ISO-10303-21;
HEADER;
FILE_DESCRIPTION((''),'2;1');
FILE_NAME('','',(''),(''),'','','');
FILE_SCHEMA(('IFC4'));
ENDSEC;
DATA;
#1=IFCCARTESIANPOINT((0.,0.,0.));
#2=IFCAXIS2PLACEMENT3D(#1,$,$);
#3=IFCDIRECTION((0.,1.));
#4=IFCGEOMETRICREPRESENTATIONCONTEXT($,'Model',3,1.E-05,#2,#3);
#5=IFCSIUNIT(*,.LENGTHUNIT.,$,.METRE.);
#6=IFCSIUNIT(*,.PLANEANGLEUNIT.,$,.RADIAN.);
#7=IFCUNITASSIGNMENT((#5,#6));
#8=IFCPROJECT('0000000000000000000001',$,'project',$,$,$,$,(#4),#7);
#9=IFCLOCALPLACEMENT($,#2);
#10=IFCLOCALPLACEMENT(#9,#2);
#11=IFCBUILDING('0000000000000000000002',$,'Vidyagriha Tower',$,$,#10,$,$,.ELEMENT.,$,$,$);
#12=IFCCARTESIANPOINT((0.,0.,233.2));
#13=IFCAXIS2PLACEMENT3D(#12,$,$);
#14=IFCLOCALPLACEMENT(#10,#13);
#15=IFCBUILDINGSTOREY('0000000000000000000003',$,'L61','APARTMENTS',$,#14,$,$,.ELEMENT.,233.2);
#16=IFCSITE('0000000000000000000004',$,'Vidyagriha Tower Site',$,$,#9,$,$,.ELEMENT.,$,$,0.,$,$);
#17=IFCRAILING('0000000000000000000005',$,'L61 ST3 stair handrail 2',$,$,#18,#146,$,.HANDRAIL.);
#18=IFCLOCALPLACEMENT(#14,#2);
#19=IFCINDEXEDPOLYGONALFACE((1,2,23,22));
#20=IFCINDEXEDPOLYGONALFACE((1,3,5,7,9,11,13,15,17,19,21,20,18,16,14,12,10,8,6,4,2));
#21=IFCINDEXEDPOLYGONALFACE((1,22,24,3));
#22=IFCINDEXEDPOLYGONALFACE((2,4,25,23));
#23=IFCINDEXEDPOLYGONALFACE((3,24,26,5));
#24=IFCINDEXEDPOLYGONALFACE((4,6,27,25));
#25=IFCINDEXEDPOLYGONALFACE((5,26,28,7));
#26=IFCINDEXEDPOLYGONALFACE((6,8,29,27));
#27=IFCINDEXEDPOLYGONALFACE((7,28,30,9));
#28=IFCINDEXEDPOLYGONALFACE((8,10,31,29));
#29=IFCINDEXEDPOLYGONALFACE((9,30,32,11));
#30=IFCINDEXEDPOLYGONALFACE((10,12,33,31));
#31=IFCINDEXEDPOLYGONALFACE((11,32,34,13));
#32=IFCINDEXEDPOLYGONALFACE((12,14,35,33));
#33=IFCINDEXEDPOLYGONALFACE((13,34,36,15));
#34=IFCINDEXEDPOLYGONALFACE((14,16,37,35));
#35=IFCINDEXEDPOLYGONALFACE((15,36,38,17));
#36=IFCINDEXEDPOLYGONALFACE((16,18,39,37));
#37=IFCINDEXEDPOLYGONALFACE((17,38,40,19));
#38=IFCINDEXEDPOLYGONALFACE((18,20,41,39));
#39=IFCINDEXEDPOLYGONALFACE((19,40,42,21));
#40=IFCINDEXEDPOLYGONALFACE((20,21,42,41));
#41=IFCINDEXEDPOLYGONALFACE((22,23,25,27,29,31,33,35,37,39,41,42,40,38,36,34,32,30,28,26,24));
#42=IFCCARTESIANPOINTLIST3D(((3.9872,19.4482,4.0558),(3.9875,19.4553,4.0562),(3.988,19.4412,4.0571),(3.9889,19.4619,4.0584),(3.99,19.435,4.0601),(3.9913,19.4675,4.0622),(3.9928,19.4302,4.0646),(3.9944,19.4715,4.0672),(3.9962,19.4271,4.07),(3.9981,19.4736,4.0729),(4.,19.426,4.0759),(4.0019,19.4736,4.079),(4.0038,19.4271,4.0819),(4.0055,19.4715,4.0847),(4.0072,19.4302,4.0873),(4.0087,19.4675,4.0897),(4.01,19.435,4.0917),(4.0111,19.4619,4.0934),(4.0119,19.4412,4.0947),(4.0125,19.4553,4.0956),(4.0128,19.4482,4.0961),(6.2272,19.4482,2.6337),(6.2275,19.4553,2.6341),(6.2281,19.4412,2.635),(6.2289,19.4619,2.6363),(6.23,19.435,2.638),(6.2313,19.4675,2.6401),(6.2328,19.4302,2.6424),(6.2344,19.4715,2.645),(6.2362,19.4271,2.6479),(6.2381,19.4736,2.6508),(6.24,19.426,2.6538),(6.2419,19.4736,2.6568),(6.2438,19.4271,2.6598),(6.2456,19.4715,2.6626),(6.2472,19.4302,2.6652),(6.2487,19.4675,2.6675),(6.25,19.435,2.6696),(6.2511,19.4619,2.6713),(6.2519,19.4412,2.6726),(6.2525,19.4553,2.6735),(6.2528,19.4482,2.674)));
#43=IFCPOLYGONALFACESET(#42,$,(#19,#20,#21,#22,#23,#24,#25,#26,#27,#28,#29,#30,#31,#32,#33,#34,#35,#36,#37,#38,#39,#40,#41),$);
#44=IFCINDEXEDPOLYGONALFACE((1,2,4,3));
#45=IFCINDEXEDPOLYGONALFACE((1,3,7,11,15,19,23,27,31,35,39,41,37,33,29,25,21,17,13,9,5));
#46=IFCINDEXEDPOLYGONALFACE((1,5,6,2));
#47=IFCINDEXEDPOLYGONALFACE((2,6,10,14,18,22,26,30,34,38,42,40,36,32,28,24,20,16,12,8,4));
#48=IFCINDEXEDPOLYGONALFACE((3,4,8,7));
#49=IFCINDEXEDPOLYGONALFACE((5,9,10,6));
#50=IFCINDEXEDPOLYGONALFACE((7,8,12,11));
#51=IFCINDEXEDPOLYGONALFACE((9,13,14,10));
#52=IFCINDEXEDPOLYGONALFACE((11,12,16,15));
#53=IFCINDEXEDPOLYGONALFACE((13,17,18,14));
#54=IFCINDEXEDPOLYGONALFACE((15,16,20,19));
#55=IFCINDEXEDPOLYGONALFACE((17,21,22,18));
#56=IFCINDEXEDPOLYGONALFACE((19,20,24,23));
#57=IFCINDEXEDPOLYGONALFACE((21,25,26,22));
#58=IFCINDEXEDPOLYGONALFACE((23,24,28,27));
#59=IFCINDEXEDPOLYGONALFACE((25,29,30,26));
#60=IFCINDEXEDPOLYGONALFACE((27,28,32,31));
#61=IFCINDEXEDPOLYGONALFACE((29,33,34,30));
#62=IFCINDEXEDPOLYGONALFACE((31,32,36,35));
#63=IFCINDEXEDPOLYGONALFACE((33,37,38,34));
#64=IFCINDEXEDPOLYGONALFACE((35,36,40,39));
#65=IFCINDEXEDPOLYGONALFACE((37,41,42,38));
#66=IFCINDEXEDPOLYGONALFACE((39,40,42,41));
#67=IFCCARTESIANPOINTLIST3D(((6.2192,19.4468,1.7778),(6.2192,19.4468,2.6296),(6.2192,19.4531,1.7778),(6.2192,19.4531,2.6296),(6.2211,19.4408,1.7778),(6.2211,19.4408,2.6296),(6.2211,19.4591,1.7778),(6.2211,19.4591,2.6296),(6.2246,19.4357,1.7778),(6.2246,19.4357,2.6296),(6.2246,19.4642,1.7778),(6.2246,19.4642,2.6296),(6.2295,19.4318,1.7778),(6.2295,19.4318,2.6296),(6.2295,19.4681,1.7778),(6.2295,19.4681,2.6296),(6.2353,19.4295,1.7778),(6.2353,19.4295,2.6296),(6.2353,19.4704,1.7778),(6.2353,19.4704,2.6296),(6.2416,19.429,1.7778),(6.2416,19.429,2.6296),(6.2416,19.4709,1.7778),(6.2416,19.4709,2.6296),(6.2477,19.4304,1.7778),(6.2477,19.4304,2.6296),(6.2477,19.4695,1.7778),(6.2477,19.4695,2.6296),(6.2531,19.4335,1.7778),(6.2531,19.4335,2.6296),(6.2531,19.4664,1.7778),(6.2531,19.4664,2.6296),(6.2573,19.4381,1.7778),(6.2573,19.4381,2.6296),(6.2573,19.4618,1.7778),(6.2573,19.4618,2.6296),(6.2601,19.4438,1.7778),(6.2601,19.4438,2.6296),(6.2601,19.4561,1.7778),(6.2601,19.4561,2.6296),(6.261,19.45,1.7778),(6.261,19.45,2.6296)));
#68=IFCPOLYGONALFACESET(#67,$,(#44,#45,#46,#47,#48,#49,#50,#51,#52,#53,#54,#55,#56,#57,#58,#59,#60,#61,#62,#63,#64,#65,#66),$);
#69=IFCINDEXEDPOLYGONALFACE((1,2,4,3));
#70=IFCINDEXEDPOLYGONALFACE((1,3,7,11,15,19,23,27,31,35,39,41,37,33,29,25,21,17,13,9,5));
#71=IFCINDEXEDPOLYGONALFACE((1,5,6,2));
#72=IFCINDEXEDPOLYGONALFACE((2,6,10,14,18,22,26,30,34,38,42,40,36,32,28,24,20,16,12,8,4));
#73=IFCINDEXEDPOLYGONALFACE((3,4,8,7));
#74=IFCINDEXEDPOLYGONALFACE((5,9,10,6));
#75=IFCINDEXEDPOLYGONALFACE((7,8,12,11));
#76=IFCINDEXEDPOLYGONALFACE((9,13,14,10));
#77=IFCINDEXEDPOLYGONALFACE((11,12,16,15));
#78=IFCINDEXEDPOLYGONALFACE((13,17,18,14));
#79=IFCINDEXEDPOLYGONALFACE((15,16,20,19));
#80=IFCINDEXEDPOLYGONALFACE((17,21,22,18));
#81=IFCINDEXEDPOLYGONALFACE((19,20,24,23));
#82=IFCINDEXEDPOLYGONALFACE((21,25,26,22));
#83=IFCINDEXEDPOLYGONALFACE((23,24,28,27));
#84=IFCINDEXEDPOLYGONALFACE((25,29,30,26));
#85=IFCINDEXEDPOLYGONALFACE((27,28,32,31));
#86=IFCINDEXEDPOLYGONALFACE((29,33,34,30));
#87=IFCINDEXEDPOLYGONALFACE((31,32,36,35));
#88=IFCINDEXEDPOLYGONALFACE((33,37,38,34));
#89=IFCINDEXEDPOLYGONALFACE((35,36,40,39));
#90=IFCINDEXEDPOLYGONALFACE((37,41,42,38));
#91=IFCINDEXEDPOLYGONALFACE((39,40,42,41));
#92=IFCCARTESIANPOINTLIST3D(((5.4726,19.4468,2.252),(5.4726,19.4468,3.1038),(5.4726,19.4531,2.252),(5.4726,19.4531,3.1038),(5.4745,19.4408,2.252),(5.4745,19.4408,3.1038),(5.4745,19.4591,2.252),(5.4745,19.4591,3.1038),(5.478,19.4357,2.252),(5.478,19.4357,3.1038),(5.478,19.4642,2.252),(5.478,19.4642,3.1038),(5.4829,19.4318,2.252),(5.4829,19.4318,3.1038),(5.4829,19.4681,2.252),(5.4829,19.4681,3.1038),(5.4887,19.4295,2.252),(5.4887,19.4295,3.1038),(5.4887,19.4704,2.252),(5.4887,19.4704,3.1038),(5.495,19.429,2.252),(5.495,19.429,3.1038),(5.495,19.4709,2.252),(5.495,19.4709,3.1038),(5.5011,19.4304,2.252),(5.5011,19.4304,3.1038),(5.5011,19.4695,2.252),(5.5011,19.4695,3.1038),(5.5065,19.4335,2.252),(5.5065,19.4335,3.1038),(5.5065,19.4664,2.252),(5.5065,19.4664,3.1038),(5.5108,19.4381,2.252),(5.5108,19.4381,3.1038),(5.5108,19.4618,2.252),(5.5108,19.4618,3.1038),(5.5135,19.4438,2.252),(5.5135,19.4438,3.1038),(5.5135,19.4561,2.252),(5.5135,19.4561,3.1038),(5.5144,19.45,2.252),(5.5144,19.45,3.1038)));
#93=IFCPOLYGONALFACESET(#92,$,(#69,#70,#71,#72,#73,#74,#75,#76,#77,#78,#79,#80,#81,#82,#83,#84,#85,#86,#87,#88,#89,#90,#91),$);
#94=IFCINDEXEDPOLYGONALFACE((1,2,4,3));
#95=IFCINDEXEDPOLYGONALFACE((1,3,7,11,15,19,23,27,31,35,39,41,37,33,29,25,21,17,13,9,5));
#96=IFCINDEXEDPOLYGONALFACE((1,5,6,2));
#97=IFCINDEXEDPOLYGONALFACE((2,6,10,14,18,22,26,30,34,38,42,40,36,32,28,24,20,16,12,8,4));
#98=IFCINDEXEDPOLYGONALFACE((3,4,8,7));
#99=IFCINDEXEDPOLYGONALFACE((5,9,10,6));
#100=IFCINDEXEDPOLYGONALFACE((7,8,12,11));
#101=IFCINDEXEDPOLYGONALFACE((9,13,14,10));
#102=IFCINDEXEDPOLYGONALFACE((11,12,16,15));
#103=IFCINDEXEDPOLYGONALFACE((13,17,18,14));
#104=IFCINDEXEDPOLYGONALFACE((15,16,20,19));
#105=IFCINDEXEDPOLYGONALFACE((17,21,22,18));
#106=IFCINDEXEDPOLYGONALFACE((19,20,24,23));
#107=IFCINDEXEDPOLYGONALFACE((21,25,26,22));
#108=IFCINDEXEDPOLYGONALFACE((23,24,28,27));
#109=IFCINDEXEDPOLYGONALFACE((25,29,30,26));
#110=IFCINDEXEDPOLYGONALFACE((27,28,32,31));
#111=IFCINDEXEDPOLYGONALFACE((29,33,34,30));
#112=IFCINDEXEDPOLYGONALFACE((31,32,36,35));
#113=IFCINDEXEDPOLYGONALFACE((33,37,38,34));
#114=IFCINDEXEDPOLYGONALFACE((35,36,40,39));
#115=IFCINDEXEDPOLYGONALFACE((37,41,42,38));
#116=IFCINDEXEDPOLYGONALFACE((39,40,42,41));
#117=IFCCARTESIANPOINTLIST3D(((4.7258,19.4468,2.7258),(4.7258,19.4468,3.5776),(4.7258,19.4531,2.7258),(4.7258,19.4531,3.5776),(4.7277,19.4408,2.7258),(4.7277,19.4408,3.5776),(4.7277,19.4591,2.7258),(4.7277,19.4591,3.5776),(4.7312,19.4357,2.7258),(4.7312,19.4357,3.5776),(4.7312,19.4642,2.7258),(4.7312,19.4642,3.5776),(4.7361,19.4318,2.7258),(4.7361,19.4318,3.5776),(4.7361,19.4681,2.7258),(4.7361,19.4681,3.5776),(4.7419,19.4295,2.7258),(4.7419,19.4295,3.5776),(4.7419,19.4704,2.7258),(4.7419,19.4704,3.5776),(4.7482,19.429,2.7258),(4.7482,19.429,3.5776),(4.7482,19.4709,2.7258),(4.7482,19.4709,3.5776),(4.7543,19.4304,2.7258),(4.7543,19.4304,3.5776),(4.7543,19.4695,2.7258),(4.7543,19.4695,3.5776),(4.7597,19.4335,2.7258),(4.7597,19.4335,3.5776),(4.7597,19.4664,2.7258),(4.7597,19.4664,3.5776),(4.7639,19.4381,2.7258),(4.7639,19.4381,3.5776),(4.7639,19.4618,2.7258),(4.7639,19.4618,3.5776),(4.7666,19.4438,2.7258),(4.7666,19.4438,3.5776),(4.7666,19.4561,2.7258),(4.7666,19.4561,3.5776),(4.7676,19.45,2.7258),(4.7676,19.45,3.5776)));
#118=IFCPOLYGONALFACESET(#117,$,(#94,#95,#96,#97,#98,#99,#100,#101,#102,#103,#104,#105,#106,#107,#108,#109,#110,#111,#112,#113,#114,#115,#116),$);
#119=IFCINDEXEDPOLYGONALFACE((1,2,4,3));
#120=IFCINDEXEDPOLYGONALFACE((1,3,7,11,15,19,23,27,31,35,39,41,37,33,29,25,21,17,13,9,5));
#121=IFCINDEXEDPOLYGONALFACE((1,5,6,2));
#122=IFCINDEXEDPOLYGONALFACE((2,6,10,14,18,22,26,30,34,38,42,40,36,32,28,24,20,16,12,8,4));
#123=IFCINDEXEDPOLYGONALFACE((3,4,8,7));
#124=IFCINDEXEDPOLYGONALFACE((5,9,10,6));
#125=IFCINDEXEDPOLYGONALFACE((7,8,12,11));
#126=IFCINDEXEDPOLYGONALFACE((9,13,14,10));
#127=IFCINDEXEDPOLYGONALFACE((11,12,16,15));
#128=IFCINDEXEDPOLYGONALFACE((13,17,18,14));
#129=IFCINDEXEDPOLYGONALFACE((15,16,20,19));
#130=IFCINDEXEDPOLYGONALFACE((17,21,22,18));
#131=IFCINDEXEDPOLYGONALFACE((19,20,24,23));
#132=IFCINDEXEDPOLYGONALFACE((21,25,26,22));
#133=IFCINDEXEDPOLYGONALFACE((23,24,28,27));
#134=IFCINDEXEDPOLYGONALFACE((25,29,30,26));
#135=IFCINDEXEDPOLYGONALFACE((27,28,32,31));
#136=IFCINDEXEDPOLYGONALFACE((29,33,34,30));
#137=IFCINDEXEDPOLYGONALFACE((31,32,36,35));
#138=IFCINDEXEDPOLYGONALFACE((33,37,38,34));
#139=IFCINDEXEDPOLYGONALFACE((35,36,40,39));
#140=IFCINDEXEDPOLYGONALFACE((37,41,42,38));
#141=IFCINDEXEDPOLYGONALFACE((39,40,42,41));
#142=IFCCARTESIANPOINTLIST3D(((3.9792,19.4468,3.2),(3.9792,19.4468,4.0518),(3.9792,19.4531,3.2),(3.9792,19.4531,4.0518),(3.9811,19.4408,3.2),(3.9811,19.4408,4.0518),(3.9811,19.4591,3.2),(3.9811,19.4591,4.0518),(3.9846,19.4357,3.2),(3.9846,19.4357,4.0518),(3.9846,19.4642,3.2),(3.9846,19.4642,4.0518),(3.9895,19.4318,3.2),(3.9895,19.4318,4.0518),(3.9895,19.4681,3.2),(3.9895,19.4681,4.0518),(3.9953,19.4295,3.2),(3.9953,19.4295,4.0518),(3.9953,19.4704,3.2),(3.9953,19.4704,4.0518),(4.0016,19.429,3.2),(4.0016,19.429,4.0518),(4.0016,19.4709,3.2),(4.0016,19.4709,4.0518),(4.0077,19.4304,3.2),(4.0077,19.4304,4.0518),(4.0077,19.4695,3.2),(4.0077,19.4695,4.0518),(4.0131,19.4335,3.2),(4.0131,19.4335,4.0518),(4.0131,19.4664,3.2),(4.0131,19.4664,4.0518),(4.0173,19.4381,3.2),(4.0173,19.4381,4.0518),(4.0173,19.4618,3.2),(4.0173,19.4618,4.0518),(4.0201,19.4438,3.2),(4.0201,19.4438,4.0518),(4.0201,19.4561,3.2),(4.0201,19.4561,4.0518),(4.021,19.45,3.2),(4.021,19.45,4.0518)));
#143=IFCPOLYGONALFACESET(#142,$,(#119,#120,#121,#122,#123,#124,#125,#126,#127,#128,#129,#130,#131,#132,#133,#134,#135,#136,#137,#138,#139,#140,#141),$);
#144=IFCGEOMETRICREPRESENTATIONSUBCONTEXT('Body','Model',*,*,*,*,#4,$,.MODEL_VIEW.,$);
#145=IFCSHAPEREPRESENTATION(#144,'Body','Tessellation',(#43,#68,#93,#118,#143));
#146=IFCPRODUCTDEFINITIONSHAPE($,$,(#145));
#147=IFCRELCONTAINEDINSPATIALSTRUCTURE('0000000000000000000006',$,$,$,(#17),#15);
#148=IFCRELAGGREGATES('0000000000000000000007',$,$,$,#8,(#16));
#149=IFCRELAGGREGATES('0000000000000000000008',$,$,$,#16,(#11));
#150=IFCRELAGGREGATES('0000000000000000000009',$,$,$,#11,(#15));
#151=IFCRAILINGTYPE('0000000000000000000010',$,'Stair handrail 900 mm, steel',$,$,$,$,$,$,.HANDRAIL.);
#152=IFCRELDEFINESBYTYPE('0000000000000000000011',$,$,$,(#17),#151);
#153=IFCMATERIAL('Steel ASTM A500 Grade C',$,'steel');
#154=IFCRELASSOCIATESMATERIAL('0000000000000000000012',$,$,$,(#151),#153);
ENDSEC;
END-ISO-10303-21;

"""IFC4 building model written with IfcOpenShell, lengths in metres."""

from ifc_helpers import new_model, si_unit, direction, frame, origin, origin_2d, place, context, subcontext, project, spatial, circle, extrude, material, type_object, element, save


model = new_model("IFC4")

# Units and contexts
model_context = context("Model", 3, precision=1e-05, world=origin(), true_north=direction((0.0, 1.0)))
body_context = subcontext(model_context, "Body", "Model", "MODEL_VIEW")
ifc_project = project(units=[si_unit("LENGTHUNIT", "METRE"), si_unit("PLANEANGLEUNIT", "RADIAN")], contexts=[model_context])

# Site, building, storey
site_placement = place(None, origin())
site = spatial("IfcSite", under=ifc_project, at=site_placement, Name="Vidyagriha Tower Site", CompositionType="ELEMENT", RefElevation=0.0)
building_placement = place(site_placement, origin())
building = spatial("IfcBuilding", under=site, at=building_placement, Name="Vidyagriha Tower", CompositionType="ELEMENT")
storey_placement = place(building_placement, frame((0.0, 0.0, 233.2)))
storey = spatial("IfcBuildingStorey", under=building, at=storey_placement, Name="L61", Description="APARTMENTS", CompositionType="ELEMENT", Elevation=233.2)

# Railing
ifc_material_1 = material(Name="Steel ASTM A500 Grade C", Category="steel")
railing_type_1 = type_object("IfcRailingType", Name="Stair handrail 900 mm, steel", PredefinedType="HANDRAIL", material=ifc_material_1)
railing_1_placement = place(storey_placement, frame((6.24, 19.45, 1.7778)))
element("IfcRailing", 1, at=railing_1_placement, inside=storey, type_object=railing_type_1, Name="L61 ST3 stair handrail 2", PredefinedType="HANDRAIL", context=body_context, shape_type="SweptSolid", body=[
    extrude(circle(Radius=0.0239, at=origin_2d()), frame((0.0, 0.0, 0.876), z_axis=(-0.844229, 0.0, 0.535982), x_axis=(0.0, -1.0, 0.0)), (0.0, 0.0, 1.0), 2.6533),
    extrude(circle(Radius=0.021, at=origin_2d()), origin(), (0.0, 0.0, 1.0), 0.8518),
    extrude(circle(Radius=0.021, at=origin_2d()), frame((-0.7466, 0.0, 0.4741)), (0.0, 0.0, 1.0), 0.8518),
    extrude(circle(Radius=0.021, at=origin_2d()), frame((-1.4934, 0.0, 0.948)), (0.0, 0.0, 1.0), 0.8518),
    extrude(circle(Radius=0.021, at=origin_2d()), frame((-2.24, 0.0, 1.4221)), (0.0, 0.0, 1.0), 0.8518),
])

save(model, "model.ifc")
